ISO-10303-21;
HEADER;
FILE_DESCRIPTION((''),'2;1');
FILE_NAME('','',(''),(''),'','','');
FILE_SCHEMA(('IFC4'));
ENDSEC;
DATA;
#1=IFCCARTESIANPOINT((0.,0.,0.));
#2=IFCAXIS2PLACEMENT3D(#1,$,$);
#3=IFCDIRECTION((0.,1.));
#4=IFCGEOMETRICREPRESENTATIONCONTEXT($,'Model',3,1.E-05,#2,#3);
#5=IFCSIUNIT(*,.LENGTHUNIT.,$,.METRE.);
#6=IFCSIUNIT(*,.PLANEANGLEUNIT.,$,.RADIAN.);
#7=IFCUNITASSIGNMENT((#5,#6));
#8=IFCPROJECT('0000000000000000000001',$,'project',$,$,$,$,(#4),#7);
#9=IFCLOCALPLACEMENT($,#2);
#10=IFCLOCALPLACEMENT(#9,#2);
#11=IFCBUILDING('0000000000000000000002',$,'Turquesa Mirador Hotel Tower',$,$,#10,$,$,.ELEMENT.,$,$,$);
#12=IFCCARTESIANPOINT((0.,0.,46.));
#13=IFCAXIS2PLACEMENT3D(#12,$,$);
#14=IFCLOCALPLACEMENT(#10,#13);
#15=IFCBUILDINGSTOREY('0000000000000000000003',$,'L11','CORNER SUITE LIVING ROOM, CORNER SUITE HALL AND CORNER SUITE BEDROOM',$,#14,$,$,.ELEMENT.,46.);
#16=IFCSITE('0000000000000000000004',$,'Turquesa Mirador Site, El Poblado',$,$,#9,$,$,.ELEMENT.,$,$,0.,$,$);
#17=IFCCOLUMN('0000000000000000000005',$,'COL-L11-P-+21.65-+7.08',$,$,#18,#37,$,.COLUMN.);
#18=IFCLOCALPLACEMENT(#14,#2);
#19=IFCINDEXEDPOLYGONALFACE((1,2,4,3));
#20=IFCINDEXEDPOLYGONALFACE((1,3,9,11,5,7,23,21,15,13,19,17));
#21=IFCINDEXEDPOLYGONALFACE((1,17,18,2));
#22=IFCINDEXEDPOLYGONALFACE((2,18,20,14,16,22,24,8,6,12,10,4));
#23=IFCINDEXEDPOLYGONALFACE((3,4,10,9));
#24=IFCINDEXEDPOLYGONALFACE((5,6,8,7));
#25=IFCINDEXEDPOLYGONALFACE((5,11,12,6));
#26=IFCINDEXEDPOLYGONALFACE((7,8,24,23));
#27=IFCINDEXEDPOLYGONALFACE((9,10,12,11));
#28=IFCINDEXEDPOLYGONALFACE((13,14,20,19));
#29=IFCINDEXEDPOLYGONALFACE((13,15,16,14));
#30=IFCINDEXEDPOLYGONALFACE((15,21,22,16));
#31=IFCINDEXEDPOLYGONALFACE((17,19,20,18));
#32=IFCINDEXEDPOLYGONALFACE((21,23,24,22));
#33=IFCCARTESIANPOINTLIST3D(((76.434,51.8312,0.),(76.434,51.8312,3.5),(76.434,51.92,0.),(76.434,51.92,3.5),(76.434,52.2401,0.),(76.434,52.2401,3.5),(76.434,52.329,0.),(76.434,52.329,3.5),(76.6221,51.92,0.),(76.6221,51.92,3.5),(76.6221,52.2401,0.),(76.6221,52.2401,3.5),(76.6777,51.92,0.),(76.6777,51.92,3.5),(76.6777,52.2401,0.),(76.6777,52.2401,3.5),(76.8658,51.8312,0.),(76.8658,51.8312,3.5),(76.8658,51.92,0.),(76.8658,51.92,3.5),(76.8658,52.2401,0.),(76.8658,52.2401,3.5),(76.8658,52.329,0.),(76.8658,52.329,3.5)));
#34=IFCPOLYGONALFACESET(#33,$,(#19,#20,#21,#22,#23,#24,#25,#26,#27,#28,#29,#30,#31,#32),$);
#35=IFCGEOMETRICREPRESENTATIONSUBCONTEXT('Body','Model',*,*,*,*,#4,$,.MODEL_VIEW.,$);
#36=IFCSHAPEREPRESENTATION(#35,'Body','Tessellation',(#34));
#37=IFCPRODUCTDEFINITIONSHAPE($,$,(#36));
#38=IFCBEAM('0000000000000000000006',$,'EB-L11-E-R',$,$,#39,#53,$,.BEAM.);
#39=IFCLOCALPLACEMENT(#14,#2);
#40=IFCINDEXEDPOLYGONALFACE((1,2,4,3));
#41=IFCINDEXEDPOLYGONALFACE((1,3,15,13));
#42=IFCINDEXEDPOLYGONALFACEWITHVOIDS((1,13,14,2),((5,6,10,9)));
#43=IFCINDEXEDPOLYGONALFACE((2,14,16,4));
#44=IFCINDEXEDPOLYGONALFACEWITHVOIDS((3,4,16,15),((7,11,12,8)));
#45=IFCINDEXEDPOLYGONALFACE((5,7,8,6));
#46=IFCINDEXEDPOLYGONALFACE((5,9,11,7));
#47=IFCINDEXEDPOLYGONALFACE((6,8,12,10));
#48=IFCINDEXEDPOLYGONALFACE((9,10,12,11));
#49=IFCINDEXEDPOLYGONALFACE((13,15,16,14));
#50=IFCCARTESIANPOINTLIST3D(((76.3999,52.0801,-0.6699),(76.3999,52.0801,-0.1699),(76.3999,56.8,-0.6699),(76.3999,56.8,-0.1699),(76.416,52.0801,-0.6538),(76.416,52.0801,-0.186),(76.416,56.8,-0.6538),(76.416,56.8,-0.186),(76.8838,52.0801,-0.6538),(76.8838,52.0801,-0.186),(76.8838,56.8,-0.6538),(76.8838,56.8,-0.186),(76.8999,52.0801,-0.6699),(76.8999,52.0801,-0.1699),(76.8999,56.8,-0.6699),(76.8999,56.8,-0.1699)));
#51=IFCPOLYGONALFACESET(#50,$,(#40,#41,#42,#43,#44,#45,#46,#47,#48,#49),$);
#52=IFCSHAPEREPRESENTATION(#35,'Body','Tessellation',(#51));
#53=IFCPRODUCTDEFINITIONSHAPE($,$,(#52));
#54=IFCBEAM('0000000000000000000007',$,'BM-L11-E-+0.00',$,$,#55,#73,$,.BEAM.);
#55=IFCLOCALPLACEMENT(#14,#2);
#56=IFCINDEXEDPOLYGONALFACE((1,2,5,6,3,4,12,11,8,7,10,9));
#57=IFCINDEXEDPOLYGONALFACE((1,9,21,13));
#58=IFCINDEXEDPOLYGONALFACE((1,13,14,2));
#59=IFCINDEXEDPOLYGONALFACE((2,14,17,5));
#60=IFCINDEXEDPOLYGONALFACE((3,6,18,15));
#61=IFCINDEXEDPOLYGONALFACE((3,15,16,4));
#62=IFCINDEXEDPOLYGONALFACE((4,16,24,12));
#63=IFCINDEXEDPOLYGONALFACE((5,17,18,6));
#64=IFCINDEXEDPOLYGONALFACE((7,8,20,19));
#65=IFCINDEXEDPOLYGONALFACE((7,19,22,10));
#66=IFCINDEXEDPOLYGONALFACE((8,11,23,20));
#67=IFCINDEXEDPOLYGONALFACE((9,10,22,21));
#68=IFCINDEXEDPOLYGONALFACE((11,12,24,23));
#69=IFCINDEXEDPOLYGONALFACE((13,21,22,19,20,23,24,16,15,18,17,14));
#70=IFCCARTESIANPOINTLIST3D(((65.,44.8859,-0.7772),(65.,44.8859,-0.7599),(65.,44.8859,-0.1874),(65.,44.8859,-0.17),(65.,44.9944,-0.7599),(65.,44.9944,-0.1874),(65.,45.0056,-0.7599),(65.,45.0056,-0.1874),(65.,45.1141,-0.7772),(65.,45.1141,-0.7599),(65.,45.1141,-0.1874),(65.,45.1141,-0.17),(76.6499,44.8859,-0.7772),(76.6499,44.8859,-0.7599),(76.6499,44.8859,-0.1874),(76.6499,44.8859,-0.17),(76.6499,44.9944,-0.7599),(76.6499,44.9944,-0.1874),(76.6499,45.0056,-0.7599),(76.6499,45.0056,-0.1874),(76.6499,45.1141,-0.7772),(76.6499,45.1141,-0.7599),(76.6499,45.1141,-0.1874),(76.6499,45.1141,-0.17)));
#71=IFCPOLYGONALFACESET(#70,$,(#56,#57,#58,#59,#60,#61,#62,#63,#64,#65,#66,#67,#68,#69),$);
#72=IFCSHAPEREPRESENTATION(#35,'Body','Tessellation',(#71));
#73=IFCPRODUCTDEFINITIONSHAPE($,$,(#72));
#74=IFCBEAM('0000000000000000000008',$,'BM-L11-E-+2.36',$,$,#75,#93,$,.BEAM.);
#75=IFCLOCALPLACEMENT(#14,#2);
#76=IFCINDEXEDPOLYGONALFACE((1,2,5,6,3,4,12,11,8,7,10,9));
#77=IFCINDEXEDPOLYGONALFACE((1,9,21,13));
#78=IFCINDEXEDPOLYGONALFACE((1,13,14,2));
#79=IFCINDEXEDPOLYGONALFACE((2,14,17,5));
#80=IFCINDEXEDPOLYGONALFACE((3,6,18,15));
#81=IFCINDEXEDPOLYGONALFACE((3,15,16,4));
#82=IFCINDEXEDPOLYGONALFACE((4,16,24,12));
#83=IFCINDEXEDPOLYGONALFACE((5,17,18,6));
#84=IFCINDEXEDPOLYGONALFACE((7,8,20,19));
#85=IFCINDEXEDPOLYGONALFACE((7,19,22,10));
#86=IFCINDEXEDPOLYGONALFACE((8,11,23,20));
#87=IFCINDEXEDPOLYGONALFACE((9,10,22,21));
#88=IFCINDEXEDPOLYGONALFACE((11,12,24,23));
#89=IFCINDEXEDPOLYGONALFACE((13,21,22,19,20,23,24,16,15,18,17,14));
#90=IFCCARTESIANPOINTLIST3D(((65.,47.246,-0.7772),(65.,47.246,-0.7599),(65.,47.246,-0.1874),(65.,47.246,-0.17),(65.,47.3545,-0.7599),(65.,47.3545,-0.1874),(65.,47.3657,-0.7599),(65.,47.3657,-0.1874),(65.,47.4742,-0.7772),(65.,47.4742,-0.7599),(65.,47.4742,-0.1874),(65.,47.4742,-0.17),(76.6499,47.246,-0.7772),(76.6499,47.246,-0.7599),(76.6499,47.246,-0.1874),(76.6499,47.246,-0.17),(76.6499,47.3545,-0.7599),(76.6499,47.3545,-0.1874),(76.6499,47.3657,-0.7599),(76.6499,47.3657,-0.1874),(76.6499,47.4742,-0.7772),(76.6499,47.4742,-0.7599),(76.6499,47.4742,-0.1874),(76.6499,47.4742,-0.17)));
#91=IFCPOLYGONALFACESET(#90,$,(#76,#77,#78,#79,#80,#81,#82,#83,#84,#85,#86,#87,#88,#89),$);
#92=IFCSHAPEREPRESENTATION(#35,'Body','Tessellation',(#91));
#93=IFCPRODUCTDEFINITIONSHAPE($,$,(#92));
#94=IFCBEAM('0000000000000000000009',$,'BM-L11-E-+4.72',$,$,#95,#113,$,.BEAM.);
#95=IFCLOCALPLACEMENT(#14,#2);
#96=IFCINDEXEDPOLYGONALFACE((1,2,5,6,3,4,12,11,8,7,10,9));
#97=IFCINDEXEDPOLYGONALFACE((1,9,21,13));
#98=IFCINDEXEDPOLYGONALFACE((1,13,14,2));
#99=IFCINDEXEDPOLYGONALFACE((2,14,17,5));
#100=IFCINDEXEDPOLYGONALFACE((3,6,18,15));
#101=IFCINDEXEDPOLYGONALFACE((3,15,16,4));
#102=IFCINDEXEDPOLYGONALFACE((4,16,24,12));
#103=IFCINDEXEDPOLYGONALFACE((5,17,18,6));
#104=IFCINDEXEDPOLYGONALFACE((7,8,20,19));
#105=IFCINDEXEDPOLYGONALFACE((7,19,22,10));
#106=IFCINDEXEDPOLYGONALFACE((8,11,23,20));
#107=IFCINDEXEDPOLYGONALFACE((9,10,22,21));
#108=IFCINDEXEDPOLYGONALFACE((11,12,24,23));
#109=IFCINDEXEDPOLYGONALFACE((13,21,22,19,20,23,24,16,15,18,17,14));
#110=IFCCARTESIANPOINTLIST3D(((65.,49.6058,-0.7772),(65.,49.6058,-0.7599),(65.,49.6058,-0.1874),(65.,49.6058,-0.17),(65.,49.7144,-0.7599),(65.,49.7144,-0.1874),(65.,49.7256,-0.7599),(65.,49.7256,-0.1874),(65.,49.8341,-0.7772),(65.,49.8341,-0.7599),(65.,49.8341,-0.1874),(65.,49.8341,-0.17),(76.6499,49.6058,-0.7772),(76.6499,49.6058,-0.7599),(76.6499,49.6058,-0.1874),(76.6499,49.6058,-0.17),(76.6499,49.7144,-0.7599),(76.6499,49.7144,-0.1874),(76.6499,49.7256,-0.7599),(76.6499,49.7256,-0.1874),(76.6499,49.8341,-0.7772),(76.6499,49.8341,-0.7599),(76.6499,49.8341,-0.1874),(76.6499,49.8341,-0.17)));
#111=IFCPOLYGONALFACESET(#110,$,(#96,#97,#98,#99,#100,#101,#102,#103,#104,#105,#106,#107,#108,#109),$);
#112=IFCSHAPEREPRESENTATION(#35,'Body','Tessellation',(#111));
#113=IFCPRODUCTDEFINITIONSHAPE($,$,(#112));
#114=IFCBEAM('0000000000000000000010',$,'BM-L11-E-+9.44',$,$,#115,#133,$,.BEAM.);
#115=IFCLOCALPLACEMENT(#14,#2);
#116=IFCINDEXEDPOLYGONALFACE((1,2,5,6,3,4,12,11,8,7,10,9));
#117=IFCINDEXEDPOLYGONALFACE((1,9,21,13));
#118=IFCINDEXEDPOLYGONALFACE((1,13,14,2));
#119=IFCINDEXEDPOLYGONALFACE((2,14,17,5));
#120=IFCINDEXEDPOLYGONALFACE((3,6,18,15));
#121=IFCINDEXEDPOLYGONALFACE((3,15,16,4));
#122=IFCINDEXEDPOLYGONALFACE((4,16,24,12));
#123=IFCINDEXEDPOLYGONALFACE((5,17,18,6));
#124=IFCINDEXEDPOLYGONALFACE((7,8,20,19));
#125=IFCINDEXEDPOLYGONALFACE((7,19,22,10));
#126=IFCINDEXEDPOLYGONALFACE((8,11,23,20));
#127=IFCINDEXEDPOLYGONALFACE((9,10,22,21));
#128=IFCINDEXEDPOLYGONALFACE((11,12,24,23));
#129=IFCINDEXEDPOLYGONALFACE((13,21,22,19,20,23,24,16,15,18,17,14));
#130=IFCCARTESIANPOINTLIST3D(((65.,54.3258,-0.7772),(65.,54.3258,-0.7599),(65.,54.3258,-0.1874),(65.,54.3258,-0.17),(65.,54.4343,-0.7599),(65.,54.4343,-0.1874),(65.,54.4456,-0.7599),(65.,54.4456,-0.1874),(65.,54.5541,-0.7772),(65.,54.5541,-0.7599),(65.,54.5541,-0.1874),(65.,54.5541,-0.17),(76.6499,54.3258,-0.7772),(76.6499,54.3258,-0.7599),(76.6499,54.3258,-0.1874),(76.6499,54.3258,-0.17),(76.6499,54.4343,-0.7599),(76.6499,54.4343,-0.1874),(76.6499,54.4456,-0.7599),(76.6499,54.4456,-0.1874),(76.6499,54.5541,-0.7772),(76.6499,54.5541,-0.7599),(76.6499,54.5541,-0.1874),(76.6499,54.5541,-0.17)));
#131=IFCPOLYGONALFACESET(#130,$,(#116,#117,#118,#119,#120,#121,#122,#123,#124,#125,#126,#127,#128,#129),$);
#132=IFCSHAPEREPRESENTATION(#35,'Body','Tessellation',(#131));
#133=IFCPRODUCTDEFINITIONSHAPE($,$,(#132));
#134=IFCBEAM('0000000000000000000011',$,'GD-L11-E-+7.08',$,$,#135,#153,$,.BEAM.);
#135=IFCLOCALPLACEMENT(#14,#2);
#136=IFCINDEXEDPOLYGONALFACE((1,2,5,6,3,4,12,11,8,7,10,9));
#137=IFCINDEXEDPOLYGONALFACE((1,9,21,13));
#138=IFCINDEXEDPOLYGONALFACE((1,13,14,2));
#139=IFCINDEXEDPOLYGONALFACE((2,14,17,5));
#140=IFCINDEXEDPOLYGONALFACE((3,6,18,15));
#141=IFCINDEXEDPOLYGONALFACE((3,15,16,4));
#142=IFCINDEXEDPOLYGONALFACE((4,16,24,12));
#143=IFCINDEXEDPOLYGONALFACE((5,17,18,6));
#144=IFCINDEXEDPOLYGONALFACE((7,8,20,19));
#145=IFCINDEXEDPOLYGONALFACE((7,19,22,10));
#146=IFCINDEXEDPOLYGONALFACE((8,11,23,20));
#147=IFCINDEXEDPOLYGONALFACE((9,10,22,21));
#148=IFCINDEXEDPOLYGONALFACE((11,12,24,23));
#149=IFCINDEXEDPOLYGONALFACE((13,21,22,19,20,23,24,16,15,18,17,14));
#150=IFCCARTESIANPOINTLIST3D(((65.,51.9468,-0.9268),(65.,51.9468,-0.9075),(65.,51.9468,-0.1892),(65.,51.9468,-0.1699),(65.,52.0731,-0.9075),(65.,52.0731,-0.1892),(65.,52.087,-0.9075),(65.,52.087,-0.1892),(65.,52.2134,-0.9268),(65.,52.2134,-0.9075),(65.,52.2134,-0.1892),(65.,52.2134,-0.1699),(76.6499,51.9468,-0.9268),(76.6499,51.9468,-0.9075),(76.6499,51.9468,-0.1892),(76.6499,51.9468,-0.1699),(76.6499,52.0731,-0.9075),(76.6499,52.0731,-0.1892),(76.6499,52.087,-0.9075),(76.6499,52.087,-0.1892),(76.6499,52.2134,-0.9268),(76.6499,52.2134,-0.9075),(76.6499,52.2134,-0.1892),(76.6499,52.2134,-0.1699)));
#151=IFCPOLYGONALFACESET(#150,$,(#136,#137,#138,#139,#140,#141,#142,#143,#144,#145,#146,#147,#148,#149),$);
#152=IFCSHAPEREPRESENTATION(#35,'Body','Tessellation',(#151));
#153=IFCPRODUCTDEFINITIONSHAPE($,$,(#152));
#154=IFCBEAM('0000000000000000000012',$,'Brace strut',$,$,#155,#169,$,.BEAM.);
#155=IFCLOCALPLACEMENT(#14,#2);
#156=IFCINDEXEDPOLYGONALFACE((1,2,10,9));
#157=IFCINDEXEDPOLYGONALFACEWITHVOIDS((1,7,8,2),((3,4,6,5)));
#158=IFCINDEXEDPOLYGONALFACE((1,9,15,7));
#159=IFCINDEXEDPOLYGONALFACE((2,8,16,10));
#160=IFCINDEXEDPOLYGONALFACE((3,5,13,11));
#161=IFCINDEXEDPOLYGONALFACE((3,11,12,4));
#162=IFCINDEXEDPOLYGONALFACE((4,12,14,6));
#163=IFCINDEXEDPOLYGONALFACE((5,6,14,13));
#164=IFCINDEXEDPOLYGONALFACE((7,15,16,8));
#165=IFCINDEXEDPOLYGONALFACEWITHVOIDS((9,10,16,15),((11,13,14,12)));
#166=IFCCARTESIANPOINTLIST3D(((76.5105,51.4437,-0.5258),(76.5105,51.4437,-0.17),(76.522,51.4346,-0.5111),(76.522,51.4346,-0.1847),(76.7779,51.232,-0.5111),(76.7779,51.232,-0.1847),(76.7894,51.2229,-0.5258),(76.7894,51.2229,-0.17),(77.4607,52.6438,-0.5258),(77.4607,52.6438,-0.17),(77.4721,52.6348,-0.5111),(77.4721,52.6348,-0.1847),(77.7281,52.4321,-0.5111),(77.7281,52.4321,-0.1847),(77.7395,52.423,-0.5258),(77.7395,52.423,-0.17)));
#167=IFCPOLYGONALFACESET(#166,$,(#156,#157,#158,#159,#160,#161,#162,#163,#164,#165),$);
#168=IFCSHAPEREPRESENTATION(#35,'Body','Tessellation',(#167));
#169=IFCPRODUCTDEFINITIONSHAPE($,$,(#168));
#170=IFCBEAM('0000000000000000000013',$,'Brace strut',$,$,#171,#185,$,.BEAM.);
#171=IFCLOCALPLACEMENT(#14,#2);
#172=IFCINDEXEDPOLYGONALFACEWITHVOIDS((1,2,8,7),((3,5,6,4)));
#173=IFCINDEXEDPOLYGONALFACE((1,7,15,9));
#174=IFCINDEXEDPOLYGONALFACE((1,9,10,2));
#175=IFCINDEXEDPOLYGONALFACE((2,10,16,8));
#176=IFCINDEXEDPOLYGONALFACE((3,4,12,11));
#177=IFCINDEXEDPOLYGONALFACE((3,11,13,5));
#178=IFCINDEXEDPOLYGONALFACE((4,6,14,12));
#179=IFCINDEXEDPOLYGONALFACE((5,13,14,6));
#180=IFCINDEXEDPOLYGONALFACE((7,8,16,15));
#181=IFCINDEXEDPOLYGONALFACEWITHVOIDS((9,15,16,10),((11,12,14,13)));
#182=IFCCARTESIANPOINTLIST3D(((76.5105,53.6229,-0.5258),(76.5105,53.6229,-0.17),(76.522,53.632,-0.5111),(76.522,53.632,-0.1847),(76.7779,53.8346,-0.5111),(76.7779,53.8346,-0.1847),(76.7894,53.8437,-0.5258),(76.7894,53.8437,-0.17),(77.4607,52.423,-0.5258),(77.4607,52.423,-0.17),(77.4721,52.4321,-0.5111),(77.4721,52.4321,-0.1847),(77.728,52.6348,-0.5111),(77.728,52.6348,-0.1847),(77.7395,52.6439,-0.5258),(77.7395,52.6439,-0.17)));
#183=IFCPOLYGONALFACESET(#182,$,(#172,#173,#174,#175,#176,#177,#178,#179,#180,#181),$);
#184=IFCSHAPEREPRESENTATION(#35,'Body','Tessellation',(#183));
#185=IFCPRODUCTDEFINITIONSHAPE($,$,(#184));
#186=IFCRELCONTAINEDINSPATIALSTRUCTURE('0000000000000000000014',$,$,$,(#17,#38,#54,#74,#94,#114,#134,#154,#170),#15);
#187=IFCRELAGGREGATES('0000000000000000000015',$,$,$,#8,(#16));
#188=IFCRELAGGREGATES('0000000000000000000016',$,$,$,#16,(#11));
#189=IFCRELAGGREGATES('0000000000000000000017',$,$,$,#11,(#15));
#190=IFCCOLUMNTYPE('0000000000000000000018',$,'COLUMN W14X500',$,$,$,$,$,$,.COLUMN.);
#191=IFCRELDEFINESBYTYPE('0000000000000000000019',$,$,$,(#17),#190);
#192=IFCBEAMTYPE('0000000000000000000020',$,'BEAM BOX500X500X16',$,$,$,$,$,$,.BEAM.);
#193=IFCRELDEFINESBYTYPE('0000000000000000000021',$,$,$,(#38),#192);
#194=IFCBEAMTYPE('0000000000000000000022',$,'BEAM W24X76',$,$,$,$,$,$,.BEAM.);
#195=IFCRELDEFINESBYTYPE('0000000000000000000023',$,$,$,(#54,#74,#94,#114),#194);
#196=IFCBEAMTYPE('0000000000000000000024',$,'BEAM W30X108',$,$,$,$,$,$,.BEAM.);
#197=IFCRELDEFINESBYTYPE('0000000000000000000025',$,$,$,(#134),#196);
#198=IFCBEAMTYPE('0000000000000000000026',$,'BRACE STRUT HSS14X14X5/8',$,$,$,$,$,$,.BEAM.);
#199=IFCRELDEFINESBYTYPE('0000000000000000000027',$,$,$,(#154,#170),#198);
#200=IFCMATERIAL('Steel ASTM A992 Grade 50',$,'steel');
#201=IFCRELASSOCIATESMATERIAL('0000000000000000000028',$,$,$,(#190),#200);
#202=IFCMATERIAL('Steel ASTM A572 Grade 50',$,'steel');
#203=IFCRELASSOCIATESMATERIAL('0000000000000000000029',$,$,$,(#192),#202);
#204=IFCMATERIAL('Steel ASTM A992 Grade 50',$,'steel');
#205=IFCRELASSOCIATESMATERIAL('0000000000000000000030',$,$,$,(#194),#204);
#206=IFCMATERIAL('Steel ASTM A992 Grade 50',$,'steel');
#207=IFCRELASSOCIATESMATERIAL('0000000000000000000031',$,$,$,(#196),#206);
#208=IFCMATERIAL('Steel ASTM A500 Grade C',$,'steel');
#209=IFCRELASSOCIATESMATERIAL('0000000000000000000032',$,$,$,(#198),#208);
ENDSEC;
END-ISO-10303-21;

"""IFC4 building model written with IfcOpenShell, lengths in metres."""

from ifc_helpers import new_model, si_unit, direction, frame, origin, origin_2d, place, context, subcontext, project, spatial, hollow_rectangle, i_section, extrude, material, material_profile, profile_set, type_object, element, save


model = new_model("IFC4")

# Units and contexts
model_context = context("Model", 3, precision=1e-05, world=origin(), true_north=direction((0.0, 1.0)))
body_context = subcontext(model_context, "Body", "Model", "MODEL_VIEW")
ifc_project = project(units=[si_unit("LENGTHUNIT", "METRE"), si_unit("PLANEANGLEUNIT", "RADIAN")], contexts=[model_context])

# Site, building, storey
site_placement = place(None, origin())
site = spatial("IfcSite", under=ifc_project, at=site_placement, Name="Turquesa Mirador Site, El Poblado", CompositionType="ELEMENT", RefElevation=0.0)
building_placement = place(site_placement, origin())
building = spatial("IfcBuilding", under=site, at=building_placement, Name="Turquesa Mirador Hotel Tower", CompositionType="ELEMENT")
storey_placement = place(building_placement, frame((0.0, 0.0, 46.0)))
storey = spatial("IfcBuildingStorey", under=building, at=storey_placement, Name="L11", Description="CORNER SUITE LIVING ROOM, CORNER SUITE HALL AND CORNER SUITE BEDROOM", CompositionType="ELEMENT", Elevation=46.0)

# Column
ifc_material_1 = material(Name="Steel ASTM A992 Grade 50", Category="steel")
ifc_material_profile_1 = material_profile(ifc_material_1, i_section(OverallWidth=0.4319, OverallDepth=0.4978, WebThickness=0.0557, FlangeThickness=0.0889, at=origin_2d()), Name="W14X500")
ifc_profile_set_1 = profile_set([ifc_material_profile_1], Name="Steel ASTM A992 Grade 50")
column_type = type_object("IfcColumnType", Name="COLUMN W14X500", PredefinedType="COLUMN", material=ifc_profile_set_1)
column_placement = place(storey_placement, frame((76.6499, 52.0801, 0.0), z_axis=(0.0, 0.0, 1.0), x_axis=(1.0, 0.0, 0.0)))
element("IfcColumn", 1, at=column_placement, inside=storey, type_object=column_type, Name="COL-L11-P-+21.65-+7.08", PredefinedType="COLUMN", context=body_context, shape_type="SweptSolid", body=[
    extrude(i_section(OverallWidth=0.4319, OverallDepth=0.4978, WebThickness=0.0557, FlangeThickness=0.0889, at=origin_2d()), origin(), (0.0, 0.0, 1.0), 3.5),
])

# Beams
ifc_material_2 = material(Name="Steel ASTM A572 Grade 50", Category="steel")
ifc_material_profile_2 = material_profile(ifc_material_2, hollow_rectangle(XDim=0.5, YDim=0.5, WallThickness=0.0161, at=origin_2d()), Name="BOX500X500X16")
ifc_profile_set_2 = profile_set([ifc_material_profile_2], Name="Steel ASTM A572 Grade 50")
beam_type_1 = type_object("IfcBeamType", Name="BEAM BOX500X500X16", PredefinedType="BEAM", material=ifc_profile_set_2)
beam_1_placement = place(storey_placement, frame((76.6499, 52.0801, -0.4199), z_axis=(0.0, 1.0, 0.0), x_axis=(-1.0, 0.0, 0.0)))
element("IfcBeam", 2, at=beam_1_placement, inside=storey, type_object=beam_type_1, Name="EB-L11-E-R", PredefinedType="BEAM", context=body_context, shape_type="SweptSolid", body=[
    extrude(hollow_rectangle(XDim=0.5, YDim=0.5, WallThickness=0.0161, at=origin_2d()), origin(), (0.0, 0.0, 1.0), 4.72),
])
ifc_material_3 = material(Name="Steel ASTM A992 Grade 50", Category="steel")
ifc_material_profile_3 = material_profile(ifc_material_3, i_section(OverallWidth=0.2283, OverallDepth=0.6072, WebThickness=0.0112, FlangeThickness=0.0173, at=origin_2d()), Name="W24X76")
ifc_profile_set_3 = profile_set([ifc_material_profile_3], Name="Steel ASTM A992 Grade 50")
beam_type_2 = type_object("IfcBeamType", Name="BEAM W24X76", PredefinedType="BEAM", material=ifc_profile_set_3)
for number, where, z_axis, x_axis, name in (
    (3, (76.6499, 45.0, -0.4736), (-1.0, 0.0, 0.0), (0.0, -1.0, 0.0), "BM-L11-E-+0.00"),
    (4, (76.6499, 47.3601, -0.4736), (-1.0, 0.0, 0.0), (0.0, -1.0, 0.0), "BM-L11-E-+2.36"),
    (5, (76.6499, 49.72, -0.4736), (-1.0, 0.0, 0.0), (0.0, -1.0, 0.0), "BM-L11-E-+4.72"),
    (6, (76.6499, 54.4399, -0.4736), (-1.0, 0.0, 0.0), (0.0, -1.0, 0.0), "BM-L11-E-+9.44"),
):
    element("IfcBeam", number, at=place(storey_placement, frame(where, z_axis=z_axis, x_axis=x_axis)), inside=storey, type_object=beam_type_2, Name=name, PredefinedType="BEAM", context=body_context, shape_type="SweptSolid", body=[
        extrude(i_section(OverallWidth=0.2283, OverallDepth=0.6072, WebThickness=0.0112, FlangeThickness=0.0173, at=origin_2d()), origin(), (0.0, 0.0, 1.0), 11.6499),
    ])
ifc_material_4 = material(Name="Steel ASTM A992 Grade 50", Category="steel")
ifc_material_profile_4 = material_profile(ifc_material_4, i_section(OverallWidth=0.2666, OverallDepth=0.7568, WebThickness=0.0139, FlangeThickness=0.0193, at=origin_2d()), Name="W30X108")
ifc_profile_set_4 = profile_set([ifc_material_profile_4], Name="Steel ASTM A992 Grade 50")
beam_type_3 = type_object("IfcBeamType", Name="BEAM W30X108", PredefinedType="BEAM", material=ifc_profile_set_4)
beam_2_placement = place(storey_placement, frame((76.6499, 52.0801, -0.5483), z_axis=(-1.0, 0.0, 0.0), x_axis=(0.0, -1.0, 0.0)))
element("IfcBeam", 7, at=beam_2_placement, inside=storey, type_object=beam_type_3, Name="GD-L11-E-+7.08", PredefinedType="BEAM", context=body_context, shape_type="SweptSolid", body=[
    extrude(i_section(OverallWidth=0.2666, OverallDepth=0.7568, WebThickness=0.0139, FlangeThickness=0.0193, at=origin_2d()), origin(), (0.0, 0.0, 1.0), 11.6499),
])
ifc_material_5 = material(Name="Steel ASTM A500 Grade C", Category="steel")
ifc_material_profile_5 = material_profile(ifc_material_5, hollow_rectangle(XDim=0.3557, YDim=0.3557, WallThickness=0.0146, at=origin_2d()), Name="HSS14X14X5/8")
ifc_profile_set_5 = profile_set([ifc_material_profile_5], Name="Steel ASTM A500 Grade C")
beam_type_4 = type_object("IfcBeamType", Name="BRACE STRUT HSS14X14X5/8", PredefinedType="BEAM", material=ifc_profile_set_5)
beam_3_placement = place(storey_placement, frame((77.6001, 52.5334, -0.3479), z_axis=(-0.620719, -0.784033, 0.0), x_axis=(0.784033, -0.620719, 0.0)))
element("IfcBeam", 8, at=beam_3_placement, inside=storey, type_object=beam_type_4, Name="Brace strut", PredefinedType="BEAM", context=body_context, shape_type="SweptSolid", body=[
    extrude(hollow_rectangle(XDim=0.3557, YDim=0.3557, WallThickness=0.0146, at=origin_2d()), origin(), (0.0, 0.0, 1.0), 1.5308),
])
beam_4_placement = place(storey_placement, frame((77.6001, 52.5334, -0.3479), z_axis=(-0.620797, 0.783971, 0.0), x_axis=(-0.783971, -0.620797, 0.0)))
element("IfcBeam", 9, at=beam_4_placement, inside=storey, type_object=beam_type_4, Name="Brace strut", PredefinedType="BEAM", context=body_context, shape_type="SweptSolid", body=[
    extrude(hollow_rectangle(XDim=0.3557, YDim=0.3557, WallThickness=0.0146, at=origin_2d()), origin(), (0.0, 0.0, 1.0), 1.5305),
])

save(model, "model.ifc")
